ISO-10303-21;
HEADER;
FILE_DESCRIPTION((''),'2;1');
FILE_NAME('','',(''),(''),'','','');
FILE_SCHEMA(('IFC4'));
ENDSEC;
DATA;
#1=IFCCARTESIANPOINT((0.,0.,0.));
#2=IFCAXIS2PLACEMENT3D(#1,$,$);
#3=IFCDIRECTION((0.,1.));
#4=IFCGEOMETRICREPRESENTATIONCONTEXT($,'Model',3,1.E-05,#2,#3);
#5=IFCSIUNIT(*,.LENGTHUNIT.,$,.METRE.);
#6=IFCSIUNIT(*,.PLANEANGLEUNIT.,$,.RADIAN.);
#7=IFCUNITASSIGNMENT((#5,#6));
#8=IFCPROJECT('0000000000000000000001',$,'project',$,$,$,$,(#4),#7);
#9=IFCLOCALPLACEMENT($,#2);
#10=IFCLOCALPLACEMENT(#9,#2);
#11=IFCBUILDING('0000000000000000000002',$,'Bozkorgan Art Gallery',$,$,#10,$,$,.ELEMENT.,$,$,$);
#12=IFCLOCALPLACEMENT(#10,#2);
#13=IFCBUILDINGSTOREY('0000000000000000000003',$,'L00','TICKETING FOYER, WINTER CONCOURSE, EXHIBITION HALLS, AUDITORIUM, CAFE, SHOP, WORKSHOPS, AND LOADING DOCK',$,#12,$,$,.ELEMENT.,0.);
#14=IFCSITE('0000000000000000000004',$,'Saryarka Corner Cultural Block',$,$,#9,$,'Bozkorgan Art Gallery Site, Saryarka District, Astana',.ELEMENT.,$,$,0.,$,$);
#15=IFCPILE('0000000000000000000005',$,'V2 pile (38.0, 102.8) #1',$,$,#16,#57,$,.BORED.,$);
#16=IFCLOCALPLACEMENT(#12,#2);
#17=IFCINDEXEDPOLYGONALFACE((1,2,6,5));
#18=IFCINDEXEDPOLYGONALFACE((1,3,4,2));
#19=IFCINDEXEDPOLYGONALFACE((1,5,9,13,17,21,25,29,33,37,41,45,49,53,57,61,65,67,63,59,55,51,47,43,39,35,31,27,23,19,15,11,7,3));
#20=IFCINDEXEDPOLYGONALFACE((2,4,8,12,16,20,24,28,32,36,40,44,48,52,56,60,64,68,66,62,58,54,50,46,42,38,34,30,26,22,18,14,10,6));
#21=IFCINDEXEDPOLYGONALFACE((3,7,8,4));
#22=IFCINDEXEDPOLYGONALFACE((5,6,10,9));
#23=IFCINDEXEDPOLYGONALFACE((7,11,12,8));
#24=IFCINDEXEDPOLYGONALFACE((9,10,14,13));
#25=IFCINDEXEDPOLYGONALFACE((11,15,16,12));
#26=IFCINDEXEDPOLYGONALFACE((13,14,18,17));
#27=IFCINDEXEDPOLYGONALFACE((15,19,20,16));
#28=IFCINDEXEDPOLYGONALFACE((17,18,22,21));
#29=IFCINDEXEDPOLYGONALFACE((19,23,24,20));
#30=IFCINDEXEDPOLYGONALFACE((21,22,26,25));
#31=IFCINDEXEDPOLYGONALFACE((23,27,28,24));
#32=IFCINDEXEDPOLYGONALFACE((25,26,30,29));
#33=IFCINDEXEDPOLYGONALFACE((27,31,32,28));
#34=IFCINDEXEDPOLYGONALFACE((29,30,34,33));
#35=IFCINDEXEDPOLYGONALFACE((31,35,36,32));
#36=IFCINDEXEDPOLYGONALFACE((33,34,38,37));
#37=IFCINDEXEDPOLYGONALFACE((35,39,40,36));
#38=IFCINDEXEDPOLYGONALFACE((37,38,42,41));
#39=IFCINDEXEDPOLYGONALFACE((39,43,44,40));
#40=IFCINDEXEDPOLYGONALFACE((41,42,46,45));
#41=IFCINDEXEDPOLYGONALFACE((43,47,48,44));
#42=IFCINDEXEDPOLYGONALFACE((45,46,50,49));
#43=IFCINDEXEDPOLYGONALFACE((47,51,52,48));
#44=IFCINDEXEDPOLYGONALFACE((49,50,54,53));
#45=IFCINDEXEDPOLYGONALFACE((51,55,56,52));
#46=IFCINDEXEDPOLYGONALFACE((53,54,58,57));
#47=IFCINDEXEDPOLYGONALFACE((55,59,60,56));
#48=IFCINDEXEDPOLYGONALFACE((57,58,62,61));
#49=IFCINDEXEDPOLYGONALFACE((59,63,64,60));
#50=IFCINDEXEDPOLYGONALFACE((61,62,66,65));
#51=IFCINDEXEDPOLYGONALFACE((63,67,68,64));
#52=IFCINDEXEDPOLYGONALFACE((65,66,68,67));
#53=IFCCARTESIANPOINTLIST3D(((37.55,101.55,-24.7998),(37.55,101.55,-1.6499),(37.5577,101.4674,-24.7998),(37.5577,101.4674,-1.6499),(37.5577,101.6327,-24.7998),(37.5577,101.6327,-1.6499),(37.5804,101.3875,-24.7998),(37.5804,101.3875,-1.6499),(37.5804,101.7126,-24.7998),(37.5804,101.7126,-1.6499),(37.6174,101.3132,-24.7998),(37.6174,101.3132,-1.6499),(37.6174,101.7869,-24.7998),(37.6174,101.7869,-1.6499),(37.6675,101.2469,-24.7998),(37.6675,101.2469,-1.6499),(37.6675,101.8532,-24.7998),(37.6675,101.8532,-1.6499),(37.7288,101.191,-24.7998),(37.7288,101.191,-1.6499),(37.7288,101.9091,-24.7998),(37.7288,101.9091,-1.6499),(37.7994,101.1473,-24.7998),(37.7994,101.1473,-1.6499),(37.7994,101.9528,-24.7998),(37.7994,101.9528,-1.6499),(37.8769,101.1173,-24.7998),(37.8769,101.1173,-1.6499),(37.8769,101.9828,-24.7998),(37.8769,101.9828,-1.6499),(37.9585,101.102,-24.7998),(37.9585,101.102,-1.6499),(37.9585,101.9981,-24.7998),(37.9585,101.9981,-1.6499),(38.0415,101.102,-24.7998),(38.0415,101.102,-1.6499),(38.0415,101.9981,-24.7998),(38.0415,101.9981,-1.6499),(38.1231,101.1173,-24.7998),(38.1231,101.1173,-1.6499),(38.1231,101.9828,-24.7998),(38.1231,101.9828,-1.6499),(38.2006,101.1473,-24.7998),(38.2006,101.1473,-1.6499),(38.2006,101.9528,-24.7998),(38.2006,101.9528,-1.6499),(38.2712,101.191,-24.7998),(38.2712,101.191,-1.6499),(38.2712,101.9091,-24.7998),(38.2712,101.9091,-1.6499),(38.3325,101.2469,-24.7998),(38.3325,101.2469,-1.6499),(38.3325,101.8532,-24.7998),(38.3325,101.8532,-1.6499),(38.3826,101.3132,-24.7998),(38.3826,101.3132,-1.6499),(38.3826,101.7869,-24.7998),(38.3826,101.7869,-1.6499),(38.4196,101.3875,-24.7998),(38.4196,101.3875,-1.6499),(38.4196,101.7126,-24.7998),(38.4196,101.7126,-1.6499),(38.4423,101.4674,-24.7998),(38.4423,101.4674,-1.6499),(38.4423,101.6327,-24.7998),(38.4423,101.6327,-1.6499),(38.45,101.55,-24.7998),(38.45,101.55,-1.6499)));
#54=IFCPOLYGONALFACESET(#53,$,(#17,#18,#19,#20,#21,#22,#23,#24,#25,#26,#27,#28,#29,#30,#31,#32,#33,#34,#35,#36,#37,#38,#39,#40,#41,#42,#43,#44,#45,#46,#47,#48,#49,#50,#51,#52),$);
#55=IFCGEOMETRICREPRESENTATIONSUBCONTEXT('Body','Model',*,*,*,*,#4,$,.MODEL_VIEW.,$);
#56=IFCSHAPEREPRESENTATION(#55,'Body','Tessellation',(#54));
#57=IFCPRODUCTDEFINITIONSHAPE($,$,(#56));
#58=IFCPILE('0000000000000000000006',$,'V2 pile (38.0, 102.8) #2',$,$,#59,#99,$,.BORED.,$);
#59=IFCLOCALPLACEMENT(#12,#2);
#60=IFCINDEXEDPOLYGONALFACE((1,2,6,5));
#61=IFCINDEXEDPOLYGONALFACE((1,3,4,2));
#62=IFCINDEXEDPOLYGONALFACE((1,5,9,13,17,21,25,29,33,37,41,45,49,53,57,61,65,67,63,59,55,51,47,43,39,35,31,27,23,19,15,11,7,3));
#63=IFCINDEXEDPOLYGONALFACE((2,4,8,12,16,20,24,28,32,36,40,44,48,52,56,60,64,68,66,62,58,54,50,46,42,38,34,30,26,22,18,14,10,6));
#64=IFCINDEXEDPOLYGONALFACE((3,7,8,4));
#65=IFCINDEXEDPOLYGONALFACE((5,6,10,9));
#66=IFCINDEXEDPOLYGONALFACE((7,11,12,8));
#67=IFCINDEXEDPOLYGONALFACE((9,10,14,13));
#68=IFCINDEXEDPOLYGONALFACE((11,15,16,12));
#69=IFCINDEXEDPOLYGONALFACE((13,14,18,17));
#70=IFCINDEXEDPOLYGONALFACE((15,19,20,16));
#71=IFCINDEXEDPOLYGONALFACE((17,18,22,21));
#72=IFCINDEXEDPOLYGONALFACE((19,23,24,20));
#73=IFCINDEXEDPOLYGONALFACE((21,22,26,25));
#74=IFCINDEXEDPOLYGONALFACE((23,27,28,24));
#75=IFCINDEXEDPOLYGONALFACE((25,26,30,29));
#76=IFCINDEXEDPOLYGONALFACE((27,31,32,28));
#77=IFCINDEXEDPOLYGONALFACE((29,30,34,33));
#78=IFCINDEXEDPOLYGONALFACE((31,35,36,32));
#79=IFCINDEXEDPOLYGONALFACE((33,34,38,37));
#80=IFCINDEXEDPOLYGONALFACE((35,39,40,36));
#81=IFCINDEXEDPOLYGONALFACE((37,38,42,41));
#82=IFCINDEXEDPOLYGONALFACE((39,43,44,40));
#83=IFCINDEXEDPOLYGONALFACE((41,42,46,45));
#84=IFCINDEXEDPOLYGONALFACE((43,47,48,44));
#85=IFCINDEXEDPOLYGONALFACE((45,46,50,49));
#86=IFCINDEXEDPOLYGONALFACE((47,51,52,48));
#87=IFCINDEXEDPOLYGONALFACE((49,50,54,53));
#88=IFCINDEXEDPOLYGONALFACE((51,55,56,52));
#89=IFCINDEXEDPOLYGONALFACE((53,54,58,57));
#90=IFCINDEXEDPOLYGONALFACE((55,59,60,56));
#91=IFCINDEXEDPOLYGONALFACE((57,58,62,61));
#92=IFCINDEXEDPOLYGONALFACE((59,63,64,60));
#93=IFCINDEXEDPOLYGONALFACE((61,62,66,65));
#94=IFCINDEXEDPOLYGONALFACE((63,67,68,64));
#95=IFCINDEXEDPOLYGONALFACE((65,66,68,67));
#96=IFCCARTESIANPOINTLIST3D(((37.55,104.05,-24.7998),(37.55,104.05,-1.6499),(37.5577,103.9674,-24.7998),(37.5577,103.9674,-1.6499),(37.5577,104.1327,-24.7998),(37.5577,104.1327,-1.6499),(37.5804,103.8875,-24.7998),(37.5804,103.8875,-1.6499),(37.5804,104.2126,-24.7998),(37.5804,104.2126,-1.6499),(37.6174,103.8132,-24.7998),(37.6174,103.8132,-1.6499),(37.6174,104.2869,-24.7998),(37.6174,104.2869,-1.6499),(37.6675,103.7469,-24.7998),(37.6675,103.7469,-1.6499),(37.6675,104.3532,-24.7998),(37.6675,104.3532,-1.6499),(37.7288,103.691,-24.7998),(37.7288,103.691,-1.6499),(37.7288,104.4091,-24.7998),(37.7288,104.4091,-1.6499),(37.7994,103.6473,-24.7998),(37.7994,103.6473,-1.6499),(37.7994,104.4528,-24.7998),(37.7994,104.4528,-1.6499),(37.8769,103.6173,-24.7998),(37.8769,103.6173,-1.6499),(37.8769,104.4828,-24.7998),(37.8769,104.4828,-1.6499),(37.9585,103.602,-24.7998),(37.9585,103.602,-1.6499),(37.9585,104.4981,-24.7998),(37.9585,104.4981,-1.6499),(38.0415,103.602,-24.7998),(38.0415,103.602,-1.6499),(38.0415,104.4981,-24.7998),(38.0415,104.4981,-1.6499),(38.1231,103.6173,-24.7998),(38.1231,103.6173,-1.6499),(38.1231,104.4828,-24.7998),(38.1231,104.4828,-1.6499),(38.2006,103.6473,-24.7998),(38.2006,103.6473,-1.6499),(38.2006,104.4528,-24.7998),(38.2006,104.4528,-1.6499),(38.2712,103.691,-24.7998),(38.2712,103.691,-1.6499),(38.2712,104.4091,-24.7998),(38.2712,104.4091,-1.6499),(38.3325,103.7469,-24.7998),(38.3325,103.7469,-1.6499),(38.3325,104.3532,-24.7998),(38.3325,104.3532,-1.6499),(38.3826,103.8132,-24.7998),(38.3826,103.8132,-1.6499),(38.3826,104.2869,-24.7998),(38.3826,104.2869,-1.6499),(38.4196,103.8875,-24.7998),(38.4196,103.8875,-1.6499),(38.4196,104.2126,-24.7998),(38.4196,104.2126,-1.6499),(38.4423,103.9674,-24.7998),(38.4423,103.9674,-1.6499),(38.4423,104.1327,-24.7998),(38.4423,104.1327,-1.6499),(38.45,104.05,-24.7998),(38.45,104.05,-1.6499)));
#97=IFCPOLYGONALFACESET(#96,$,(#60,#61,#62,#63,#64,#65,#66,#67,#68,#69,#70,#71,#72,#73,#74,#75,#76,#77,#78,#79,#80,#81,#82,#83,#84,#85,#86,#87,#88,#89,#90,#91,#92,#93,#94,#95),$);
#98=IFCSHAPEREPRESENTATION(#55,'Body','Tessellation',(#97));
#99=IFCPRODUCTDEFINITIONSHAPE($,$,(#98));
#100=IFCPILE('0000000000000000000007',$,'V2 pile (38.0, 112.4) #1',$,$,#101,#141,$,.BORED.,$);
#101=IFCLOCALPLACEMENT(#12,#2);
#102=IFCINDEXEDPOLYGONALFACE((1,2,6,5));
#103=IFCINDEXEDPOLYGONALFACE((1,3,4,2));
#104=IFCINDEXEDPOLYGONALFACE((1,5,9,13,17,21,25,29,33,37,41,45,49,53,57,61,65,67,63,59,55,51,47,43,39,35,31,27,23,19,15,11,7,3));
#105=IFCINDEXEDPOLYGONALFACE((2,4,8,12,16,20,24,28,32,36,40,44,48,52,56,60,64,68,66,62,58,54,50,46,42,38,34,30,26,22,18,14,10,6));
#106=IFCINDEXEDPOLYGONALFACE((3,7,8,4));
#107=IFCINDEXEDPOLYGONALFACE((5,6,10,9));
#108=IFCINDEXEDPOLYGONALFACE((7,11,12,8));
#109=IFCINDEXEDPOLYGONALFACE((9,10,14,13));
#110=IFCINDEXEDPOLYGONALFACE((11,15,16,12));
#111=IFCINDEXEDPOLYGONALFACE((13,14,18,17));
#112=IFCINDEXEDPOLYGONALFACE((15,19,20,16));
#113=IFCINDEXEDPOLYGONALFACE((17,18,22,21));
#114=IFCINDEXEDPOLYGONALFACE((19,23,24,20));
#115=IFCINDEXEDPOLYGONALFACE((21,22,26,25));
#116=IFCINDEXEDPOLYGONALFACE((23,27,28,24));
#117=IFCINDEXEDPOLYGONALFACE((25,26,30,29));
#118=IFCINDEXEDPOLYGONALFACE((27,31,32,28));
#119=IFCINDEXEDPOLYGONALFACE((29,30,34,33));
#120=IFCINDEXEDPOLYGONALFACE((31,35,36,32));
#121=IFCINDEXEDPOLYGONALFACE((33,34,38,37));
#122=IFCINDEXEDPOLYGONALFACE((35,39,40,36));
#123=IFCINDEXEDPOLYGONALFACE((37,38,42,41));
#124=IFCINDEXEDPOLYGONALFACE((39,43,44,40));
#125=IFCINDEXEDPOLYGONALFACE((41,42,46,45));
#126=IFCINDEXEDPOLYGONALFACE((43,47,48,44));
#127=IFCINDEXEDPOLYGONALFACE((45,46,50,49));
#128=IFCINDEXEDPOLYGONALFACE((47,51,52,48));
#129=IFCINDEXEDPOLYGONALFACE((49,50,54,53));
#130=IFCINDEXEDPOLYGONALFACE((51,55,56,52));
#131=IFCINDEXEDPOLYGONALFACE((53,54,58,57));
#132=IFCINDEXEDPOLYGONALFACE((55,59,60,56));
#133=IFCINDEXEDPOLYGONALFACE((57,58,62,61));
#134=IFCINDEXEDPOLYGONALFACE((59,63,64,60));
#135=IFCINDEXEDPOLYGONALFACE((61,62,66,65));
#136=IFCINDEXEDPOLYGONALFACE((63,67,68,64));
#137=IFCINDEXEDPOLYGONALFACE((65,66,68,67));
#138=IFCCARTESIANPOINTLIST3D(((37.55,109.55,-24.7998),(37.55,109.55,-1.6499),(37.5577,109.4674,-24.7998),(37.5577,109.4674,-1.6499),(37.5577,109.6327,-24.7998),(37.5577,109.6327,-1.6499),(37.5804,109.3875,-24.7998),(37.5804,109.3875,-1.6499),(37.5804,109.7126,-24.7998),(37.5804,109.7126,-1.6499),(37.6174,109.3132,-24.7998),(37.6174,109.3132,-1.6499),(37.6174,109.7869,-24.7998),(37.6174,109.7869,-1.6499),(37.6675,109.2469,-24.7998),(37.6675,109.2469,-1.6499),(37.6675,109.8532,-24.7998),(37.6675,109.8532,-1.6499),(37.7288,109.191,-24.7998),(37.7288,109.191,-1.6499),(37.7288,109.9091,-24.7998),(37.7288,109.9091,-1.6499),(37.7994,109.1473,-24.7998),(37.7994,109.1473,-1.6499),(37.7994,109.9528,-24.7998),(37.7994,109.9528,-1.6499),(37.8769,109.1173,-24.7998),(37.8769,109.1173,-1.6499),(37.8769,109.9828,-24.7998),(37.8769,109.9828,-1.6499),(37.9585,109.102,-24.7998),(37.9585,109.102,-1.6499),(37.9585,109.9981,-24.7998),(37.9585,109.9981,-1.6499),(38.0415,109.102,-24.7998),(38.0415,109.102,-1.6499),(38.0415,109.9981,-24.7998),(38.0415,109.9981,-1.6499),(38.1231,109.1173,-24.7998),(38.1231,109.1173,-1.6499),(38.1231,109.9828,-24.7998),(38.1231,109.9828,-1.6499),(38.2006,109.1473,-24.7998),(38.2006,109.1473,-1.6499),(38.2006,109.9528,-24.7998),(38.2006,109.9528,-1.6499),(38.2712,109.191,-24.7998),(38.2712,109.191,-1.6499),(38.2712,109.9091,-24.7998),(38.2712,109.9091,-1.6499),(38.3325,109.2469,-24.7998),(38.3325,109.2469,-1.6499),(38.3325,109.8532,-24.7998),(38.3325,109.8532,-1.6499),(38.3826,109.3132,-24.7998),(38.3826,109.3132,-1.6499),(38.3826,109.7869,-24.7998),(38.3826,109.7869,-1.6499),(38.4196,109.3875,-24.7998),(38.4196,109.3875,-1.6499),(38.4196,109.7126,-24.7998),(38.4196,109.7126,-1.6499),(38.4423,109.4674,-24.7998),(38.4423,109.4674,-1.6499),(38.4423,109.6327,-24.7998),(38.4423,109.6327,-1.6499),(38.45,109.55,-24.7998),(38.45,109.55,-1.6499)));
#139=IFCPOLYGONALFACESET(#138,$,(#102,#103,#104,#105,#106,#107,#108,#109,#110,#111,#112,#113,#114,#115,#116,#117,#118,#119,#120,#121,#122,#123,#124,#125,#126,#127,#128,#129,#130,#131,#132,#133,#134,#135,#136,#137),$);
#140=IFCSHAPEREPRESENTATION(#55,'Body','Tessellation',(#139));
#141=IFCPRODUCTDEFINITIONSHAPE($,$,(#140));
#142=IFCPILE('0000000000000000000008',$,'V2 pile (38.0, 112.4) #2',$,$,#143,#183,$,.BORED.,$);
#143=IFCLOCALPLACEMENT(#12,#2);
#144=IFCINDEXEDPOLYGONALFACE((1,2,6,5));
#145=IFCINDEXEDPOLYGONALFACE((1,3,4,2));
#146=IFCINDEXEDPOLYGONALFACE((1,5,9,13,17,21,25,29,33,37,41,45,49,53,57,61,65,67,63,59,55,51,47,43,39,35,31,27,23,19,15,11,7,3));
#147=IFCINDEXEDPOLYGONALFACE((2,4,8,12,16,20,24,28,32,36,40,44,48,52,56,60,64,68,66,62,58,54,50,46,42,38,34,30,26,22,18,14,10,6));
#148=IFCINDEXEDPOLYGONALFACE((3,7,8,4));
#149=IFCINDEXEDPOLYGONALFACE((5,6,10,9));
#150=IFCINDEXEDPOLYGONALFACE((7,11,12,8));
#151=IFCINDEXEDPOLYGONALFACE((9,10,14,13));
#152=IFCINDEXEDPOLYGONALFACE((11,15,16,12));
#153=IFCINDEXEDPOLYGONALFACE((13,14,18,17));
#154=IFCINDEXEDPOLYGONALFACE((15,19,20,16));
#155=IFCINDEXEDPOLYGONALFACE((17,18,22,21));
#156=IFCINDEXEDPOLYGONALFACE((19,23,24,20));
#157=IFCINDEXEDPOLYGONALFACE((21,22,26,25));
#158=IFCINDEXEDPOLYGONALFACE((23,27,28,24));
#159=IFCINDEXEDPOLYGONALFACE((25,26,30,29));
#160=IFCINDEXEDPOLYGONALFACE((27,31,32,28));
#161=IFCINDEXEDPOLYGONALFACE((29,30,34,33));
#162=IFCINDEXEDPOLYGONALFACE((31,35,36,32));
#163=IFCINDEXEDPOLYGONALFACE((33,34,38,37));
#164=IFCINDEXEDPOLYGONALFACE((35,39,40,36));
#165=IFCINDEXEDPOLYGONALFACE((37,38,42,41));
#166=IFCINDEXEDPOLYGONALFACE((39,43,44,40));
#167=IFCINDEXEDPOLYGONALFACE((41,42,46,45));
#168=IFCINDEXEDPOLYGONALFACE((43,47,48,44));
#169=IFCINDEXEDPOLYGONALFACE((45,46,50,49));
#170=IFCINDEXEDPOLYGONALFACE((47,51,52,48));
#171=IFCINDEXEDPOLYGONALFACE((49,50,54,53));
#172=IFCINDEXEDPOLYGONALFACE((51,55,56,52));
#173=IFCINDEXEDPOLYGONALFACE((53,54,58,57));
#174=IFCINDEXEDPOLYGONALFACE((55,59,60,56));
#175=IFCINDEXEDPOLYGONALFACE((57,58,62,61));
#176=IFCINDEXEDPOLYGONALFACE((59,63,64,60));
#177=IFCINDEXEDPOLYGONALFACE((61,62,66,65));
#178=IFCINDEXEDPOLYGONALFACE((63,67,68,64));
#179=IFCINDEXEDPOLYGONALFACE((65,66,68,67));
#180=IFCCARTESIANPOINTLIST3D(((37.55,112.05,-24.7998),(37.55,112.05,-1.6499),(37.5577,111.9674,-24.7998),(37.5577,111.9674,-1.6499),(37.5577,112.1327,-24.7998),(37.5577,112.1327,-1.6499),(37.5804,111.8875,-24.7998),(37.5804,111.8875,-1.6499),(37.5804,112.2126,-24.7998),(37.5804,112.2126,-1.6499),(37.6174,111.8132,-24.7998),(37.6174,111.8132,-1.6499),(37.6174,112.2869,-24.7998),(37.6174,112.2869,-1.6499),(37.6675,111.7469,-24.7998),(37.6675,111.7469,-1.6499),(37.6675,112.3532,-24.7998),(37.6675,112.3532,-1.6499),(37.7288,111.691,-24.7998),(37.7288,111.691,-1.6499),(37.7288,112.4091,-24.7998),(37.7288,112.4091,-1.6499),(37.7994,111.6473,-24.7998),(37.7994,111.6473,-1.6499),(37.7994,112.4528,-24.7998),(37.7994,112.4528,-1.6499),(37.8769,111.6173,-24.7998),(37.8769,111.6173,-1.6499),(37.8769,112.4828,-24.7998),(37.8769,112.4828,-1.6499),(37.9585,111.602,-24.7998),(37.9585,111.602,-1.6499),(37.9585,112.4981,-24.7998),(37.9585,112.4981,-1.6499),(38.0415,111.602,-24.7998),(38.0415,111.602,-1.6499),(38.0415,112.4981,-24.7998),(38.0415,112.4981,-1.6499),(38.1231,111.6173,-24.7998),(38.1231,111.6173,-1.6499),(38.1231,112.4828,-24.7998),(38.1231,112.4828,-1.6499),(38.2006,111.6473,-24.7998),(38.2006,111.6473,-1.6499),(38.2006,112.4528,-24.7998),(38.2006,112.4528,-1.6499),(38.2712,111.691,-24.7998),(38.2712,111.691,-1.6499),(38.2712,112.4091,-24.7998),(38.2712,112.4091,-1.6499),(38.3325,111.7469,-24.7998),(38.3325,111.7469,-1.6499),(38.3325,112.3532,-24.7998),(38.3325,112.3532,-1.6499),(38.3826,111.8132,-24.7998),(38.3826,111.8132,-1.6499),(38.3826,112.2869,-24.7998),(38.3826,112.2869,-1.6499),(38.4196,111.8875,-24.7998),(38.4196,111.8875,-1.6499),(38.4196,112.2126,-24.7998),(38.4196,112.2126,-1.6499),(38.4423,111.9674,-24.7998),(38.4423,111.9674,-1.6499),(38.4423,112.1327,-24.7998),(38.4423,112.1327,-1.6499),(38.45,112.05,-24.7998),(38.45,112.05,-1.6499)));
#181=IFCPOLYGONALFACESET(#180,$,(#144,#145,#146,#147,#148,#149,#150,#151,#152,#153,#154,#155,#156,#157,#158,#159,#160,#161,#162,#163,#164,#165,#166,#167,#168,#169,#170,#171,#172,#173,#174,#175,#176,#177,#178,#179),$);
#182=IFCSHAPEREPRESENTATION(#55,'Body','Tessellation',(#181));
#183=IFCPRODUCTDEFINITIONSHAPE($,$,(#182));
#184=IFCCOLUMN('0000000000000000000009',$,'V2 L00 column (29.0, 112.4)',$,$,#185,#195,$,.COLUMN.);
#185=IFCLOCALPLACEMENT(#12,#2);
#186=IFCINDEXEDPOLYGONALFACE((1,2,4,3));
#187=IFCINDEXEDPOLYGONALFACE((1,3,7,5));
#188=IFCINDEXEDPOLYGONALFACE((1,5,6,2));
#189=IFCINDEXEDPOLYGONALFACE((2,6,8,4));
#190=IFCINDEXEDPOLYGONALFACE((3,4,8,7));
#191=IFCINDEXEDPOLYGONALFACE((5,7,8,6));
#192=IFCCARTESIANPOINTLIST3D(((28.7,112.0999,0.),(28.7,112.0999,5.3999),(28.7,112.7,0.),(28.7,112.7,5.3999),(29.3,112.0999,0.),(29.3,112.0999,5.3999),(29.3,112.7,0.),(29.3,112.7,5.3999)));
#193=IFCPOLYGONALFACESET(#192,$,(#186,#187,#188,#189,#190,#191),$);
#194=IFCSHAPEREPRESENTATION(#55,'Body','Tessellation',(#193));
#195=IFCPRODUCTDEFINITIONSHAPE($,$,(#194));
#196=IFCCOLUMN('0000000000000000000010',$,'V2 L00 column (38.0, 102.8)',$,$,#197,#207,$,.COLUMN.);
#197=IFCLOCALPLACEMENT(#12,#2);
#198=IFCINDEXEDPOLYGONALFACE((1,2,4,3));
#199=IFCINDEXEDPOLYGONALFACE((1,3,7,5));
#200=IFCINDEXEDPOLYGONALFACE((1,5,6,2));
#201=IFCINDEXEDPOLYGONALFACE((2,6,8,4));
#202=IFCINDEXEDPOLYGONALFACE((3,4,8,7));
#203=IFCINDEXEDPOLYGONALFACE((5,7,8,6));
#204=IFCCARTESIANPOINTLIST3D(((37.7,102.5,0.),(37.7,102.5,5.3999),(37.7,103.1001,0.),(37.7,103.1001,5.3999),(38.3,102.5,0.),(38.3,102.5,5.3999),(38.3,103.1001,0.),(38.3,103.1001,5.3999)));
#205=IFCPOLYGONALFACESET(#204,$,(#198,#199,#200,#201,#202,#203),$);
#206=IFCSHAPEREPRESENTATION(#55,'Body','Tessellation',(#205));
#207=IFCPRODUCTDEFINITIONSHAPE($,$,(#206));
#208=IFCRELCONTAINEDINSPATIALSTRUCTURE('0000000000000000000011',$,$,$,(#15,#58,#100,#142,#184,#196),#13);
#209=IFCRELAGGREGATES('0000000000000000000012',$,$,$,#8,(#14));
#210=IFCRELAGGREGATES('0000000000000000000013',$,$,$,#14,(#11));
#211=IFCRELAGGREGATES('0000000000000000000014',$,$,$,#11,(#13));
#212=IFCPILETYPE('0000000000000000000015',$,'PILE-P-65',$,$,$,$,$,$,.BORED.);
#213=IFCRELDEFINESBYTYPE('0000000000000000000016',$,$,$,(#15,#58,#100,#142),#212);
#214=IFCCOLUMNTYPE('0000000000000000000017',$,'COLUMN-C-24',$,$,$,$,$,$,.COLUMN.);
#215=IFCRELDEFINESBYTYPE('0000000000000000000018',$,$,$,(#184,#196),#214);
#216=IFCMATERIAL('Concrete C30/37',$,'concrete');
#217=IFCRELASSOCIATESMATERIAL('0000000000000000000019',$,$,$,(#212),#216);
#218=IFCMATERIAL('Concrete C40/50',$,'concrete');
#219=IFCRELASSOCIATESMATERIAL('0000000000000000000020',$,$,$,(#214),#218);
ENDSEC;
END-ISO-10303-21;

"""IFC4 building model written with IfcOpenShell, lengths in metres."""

from ifc_helpers import new_model, si_unit, direction, frame, origin, origin_2d, place, context, subcontext, project, spatial, rectangle, circle, extrude, material, material_profile, profile_set, type_object, element, save


model = new_model("IFC4")

# Units and contexts
model_context = context("Model", 3, precision=1e-05, world=origin(), true_north=direction((0.0, 1.0)))
body_context = subcontext(model_context, "Body", "Model", "MODEL_VIEW")
ifc_project = project(units=[si_unit("LENGTHUNIT", "METRE"), si_unit("PLANEANGLEUNIT", "RADIAN")], contexts=[model_context])

# Site, building, storey
site_placement = place(None, origin())
site = spatial("IfcSite", under=ifc_project, at=site_placement, Name="Saryarka Corner Cultural Block", LongName="Bozkorgan Art Gallery Site, Saryarka District, Astana", CompositionType="ELEMENT", RefElevation=0.0)
building_placement = place(site_placement, origin())
building = spatial("IfcBuilding", under=site, at=building_placement, Name="Bozkorgan Art Gallery", CompositionType="ELEMENT")
storey_placement = place(building_placement, origin())
storey = spatial("IfcBuildingStorey", under=building, at=storey_placement, Name="L00", Description="TICKETING FOYER, WINTER CONCOURSE, EXHIBITION HALLS, AUDITORIUM, CAFE, SHOP, WORKSHOPS, AND LOADING DOCK", CompositionType="ELEMENT", Elevation=0.0)

# Shared definitions
ifc_material_1 = material(Name="Concrete C30/37", Category="concrete")

# Piles
ifc_material_profile_1 = material_profile(ifc_material_1, circle(Radius=0.45, at=origin_2d()), Name="PILE D900")
ifc_profile_set_1 = profile_set([ifc_material_profile_1], Name="Concrete C30/37")
pile_type = type_object("IfcPileType", Name="PILE-P-65", PredefinedType="BORED", material=ifc_profile_set_1)
for number, where, z_axis, x_axis, name in (
    (1, (38.0, 101.55, -1.6499), (0.0, 0.0, -1.0), (1.0, 0.0, 0.0), "V2 pile (38.0, 102.8) #1"),
    (2, (38.0, 104.05, -1.6499), (0.0, 0.0, -1.0), (1.0, 0.0, 0.0), "V2 pile (38.0, 102.8) #2"),
    (3, (38.0, 109.55, -1.6499), (0.0, 0.0, -1.0), (1.0, 0.0, 0.0), "V2 pile (38.0, 112.4) #1"),
    (4, (38.0, 112.05, -1.6499), (0.0, 0.0, -1.0), (1.0, 0.0, 0.0), "V2 pile (38.0, 112.4) #2"),
):
    element("IfcPile", number, at=place(storey_placement, frame(where, z_axis=z_axis, x_axis=x_axis)), inside=storey, type_object=pile_type, Name=name, PredefinedType="BORED", context=body_context, shape_type="SweptSolid", body=[
        extrude(circle(Radius=0.45, at=origin_2d()), origin(), (0.0, 0.0, 1.0), 23.1499),
    ])

# Columns
ifc_material_2 = material(Name="Concrete C40/50", Category="concrete")
ifc_material_profile_2 = material_profile(ifc_material_2, rectangle(XDim=0.6001, YDim=0.6001, at=origin_2d()), Name="RC 600x600")
ifc_profile_set_2 = profile_set([ifc_material_profile_2], Name="Concrete C40/50")
column_type = type_object("IfcColumnType", Name="COLUMN-C-24", PredefinedType="COLUMN", material=ifc_profile_set_2)
for number, where, z_axis, x_axis, name in (
    (5, (29.0, 112.3999, 0.0), (0.0, 0.0, 1.0), (1.0, 0.0, 0.0), "V2 L00 column (29.0, 112.4)"),
    (6, (38.0, 102.8, 0.0), (0.0, 0.0, 1.0), (1.0, 0.0, 0.0), "V2 L00 column (38.0, 102.8)"),
):
    element("IfcColumn", number, at=place(storey_placement, frame(where, z_axis=z_axis, x_axis=x_axis)), inside=storey, type_object=column_type, Name=name, PredefinedType="COLUMN", context=body_context, shape_type="SweptSolid", body=[
        extrude(rectangle(XDim=0.6001, YDim=0.6001, at=origin_2d()), origin(), (0.0, 0.0, 1.0), 5.3999),
    ])

save(model, "model.ifc")
